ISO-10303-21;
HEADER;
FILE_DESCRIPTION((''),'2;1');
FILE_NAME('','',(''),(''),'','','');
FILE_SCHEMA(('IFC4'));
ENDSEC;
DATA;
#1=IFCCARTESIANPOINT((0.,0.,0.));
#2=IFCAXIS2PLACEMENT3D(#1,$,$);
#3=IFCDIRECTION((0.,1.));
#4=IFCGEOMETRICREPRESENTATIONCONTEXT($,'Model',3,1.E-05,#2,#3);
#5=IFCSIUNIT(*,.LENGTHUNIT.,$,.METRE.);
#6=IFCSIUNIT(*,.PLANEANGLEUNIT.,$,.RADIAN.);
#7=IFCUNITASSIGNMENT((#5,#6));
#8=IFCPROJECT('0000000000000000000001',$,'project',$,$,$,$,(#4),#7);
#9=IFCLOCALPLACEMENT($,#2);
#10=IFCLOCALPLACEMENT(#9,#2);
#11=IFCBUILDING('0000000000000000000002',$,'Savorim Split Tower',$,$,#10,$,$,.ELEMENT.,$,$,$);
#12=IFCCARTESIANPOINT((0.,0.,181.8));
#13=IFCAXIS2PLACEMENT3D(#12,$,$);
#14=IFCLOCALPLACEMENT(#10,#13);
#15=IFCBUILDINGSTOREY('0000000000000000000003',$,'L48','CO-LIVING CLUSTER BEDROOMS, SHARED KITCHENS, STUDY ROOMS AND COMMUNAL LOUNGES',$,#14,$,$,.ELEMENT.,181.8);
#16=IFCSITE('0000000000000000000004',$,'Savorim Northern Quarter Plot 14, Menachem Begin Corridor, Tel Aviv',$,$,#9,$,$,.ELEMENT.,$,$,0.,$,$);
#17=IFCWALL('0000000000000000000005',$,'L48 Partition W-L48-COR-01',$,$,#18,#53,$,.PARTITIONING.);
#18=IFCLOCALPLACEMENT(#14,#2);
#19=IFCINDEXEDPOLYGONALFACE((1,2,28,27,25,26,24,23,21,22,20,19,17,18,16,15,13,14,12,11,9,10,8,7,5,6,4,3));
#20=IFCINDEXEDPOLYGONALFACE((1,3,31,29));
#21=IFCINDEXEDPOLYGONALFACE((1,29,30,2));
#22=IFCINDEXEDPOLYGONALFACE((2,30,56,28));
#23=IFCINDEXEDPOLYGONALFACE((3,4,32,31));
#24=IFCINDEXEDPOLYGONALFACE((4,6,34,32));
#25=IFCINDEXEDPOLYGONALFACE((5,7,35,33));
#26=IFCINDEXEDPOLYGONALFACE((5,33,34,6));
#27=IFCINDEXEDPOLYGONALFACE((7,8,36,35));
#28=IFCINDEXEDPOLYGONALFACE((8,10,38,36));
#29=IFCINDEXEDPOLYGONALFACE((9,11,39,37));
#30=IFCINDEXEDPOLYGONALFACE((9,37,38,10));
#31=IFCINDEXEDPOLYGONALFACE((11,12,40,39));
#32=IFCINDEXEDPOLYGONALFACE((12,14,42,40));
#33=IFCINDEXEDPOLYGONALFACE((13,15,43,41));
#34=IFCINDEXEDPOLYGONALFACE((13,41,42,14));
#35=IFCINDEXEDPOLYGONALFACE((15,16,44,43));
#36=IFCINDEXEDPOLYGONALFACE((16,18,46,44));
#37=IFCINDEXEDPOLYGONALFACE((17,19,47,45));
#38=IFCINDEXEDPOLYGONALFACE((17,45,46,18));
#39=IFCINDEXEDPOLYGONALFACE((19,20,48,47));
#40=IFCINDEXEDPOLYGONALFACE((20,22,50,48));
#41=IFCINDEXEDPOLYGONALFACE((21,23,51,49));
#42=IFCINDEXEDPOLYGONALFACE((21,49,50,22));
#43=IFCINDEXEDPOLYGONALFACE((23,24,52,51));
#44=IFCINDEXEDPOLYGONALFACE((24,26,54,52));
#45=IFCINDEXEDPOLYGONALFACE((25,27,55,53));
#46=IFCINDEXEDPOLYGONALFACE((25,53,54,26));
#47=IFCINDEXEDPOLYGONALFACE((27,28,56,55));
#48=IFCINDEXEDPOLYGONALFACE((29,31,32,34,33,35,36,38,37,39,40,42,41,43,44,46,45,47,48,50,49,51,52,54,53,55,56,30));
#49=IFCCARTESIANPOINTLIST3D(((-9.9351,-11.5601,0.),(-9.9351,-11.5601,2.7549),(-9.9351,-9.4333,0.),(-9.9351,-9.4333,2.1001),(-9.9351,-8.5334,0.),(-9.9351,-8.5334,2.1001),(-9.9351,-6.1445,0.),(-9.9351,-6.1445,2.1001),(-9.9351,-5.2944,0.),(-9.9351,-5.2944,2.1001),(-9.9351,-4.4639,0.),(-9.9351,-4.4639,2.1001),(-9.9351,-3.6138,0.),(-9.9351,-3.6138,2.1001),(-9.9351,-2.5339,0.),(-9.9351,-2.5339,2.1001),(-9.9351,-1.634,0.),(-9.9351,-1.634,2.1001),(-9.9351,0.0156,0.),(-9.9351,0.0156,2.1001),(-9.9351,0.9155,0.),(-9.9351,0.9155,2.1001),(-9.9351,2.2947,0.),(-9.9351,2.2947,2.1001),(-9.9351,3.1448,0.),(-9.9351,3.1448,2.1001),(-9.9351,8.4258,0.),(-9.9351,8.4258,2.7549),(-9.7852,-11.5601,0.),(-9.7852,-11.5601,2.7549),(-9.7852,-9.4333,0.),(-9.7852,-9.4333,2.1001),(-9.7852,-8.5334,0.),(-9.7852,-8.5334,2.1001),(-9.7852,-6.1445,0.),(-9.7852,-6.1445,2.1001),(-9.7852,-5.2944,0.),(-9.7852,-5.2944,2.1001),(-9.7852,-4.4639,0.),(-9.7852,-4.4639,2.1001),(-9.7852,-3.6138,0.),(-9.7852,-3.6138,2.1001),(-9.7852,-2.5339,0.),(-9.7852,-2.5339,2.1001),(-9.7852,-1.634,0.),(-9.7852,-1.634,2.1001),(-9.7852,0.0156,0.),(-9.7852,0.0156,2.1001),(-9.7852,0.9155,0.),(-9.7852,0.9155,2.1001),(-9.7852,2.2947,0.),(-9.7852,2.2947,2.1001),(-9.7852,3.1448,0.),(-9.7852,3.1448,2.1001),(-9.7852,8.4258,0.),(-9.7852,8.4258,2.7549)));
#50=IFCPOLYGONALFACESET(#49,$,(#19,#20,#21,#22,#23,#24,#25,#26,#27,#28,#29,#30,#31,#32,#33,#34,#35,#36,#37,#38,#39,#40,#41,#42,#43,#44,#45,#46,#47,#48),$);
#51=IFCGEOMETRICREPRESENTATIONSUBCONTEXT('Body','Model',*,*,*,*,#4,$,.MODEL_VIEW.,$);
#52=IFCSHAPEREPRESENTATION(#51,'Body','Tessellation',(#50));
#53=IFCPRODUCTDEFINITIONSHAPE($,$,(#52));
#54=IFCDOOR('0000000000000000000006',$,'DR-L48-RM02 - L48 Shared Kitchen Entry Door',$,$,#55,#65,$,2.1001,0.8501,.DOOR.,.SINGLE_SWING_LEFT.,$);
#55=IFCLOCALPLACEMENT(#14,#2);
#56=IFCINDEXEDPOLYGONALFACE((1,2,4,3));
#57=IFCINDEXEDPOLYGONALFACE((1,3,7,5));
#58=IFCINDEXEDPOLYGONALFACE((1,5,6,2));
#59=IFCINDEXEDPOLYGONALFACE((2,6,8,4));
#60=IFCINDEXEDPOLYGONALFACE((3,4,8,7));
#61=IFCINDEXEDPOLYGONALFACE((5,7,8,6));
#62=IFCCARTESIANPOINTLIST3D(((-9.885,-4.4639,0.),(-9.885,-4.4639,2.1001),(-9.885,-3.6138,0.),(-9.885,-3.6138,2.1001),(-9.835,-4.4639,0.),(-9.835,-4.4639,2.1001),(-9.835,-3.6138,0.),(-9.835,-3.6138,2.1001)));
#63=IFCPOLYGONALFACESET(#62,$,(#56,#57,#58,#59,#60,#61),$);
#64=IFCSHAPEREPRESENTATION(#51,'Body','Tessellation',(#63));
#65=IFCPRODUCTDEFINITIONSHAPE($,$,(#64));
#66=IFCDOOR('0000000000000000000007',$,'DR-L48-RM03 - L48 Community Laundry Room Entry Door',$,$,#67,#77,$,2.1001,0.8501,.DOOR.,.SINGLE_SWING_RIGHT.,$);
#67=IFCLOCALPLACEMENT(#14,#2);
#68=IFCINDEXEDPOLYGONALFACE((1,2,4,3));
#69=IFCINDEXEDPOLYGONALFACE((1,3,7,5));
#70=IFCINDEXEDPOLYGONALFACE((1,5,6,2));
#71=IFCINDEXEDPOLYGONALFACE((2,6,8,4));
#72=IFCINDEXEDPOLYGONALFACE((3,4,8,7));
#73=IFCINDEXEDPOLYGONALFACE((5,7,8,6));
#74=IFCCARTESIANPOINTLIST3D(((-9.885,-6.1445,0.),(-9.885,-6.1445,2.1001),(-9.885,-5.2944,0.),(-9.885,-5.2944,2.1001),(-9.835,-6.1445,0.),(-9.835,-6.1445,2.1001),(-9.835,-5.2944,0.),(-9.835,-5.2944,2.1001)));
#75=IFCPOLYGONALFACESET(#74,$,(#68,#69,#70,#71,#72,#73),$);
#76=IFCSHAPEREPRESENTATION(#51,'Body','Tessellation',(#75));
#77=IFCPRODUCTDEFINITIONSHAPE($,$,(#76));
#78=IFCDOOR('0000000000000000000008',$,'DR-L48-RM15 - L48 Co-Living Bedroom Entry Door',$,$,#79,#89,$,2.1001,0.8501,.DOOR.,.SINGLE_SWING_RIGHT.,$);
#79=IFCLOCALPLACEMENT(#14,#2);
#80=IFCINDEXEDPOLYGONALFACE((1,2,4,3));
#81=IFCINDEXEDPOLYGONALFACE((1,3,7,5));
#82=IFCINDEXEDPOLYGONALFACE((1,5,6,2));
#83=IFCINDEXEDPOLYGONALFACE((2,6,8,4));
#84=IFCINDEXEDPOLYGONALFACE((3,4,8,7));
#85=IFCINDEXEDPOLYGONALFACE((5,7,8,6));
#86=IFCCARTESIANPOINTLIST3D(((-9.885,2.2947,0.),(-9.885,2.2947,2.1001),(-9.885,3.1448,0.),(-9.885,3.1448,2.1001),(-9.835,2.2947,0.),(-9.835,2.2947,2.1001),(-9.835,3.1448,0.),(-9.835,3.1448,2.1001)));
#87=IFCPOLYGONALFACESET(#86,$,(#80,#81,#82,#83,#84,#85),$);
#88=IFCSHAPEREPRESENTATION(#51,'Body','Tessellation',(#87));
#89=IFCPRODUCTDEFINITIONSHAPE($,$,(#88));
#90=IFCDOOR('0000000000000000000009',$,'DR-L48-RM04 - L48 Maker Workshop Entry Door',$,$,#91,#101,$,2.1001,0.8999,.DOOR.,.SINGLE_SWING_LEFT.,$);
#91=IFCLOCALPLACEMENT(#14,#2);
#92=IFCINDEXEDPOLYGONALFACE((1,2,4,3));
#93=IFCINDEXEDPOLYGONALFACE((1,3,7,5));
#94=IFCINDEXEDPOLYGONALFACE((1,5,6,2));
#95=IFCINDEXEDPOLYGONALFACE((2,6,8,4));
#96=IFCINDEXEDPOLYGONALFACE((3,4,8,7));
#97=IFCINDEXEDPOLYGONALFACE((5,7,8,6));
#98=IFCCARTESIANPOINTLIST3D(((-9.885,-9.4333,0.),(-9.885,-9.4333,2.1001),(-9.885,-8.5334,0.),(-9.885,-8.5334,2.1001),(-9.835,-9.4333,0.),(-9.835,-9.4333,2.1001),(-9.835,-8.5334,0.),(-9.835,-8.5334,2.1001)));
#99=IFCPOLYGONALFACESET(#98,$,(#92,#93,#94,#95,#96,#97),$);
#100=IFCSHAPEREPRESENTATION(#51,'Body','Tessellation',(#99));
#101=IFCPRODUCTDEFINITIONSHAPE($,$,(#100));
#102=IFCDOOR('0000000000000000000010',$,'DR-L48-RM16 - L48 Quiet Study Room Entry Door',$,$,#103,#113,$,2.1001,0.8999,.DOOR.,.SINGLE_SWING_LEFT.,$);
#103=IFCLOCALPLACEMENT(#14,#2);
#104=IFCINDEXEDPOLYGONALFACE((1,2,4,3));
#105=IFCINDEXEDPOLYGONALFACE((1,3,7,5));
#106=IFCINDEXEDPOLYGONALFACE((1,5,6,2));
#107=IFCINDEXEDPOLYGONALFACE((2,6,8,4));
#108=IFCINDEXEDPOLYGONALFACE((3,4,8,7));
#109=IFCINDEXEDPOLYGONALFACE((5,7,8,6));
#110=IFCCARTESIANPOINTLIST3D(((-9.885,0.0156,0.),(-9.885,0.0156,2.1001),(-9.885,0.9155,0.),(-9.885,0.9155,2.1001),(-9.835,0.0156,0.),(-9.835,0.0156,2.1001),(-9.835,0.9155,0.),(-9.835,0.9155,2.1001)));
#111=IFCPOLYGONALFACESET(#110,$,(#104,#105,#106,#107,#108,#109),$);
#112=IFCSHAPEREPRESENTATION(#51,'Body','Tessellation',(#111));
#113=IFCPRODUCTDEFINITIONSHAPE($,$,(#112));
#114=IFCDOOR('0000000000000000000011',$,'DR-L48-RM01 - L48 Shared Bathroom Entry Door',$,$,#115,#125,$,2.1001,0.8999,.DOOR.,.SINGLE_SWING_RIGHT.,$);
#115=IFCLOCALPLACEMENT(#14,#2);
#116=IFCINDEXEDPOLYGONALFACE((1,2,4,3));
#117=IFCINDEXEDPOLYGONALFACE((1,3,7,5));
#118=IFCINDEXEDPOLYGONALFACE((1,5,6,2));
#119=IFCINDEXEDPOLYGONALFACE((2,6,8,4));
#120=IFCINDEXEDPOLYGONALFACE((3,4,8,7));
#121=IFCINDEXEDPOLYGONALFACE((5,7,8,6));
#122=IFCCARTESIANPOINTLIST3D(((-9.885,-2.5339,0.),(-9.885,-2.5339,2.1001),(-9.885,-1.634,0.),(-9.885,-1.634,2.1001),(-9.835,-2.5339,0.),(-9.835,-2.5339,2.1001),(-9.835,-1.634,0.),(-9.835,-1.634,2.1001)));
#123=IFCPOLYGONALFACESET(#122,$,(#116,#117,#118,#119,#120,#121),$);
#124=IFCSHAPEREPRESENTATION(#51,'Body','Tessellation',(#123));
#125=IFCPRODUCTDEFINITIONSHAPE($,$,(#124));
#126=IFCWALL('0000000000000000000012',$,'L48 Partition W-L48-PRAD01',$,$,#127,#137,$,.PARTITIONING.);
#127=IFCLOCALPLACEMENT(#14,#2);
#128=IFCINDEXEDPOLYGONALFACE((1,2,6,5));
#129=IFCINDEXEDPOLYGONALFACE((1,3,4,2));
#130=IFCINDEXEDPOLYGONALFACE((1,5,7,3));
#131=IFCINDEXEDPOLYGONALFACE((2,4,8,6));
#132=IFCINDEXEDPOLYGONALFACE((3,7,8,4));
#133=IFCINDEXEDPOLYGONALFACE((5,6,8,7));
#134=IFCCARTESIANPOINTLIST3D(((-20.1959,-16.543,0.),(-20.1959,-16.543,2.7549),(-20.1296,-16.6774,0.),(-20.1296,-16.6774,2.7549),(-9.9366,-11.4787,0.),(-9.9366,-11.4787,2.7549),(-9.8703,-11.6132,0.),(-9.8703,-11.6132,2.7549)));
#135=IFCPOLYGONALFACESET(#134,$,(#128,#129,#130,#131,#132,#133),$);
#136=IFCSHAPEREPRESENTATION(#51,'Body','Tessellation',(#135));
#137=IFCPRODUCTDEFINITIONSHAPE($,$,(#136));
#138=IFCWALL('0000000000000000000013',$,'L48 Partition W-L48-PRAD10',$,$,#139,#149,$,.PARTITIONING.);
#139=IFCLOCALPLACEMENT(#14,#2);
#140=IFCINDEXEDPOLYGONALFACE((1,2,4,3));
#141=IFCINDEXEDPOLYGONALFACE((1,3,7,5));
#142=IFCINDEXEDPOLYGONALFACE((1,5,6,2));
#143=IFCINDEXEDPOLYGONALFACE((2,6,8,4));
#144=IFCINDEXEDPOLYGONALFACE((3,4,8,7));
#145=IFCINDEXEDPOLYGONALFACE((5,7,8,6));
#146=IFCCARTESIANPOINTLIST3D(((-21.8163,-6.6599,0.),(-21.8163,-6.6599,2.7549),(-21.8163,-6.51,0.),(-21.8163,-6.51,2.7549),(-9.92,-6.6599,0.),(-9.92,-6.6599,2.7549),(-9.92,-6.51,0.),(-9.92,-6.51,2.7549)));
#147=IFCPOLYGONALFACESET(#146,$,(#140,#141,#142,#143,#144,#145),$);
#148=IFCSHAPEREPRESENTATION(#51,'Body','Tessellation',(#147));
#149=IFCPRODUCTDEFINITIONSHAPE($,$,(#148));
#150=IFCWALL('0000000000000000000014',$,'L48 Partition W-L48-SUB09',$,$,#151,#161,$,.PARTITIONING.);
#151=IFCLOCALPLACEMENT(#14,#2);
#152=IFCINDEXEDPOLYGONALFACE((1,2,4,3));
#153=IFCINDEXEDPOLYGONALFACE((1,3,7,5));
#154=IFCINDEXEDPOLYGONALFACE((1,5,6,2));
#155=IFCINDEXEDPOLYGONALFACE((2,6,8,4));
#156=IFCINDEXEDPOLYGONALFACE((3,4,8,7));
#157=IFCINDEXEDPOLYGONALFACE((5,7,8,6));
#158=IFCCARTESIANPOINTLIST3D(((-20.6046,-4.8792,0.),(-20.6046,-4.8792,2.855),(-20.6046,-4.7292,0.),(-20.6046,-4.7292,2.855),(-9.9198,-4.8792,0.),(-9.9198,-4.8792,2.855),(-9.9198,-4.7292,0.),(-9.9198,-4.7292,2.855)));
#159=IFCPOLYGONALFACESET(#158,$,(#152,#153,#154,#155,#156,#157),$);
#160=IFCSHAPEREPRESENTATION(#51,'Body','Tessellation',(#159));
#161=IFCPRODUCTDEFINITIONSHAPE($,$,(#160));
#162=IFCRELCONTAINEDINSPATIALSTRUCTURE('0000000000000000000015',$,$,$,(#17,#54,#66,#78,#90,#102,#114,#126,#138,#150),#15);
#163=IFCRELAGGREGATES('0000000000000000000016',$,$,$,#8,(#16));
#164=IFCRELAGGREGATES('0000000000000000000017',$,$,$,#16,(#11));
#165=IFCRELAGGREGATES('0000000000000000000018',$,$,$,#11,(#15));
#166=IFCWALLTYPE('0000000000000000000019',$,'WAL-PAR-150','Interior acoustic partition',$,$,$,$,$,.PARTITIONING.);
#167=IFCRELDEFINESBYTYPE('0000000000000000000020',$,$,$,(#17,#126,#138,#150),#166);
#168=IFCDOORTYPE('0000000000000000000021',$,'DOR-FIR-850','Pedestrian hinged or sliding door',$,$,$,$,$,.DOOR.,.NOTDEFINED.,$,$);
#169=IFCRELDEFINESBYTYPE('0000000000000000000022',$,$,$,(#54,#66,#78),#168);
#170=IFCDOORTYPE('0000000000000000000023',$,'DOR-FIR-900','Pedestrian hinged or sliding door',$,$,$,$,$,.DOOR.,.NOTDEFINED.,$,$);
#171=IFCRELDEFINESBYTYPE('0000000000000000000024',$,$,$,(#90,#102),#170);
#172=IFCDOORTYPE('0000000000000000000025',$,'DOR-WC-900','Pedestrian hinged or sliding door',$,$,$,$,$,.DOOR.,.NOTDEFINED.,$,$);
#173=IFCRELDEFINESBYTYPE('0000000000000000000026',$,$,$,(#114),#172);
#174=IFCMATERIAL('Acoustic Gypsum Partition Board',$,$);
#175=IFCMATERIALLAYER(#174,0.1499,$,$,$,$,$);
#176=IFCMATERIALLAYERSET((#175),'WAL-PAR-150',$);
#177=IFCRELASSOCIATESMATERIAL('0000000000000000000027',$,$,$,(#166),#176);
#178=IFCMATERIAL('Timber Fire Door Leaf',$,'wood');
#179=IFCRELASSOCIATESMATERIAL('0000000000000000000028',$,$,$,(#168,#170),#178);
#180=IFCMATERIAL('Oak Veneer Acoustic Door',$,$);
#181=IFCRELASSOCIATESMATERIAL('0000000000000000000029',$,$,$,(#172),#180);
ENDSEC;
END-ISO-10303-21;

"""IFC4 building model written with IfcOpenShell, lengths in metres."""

from ifc_helpers import new_model, si_unit, direction, frame, frame_2d, origin, place, context, subcontext, project, spatial, rectangle, extrude, material, layer, layer_set, type_object, element, fill, save


model = new_model("IFC4")

# Units and contexts
model_context = context("Model", 3, precision=1e-05, world=origin(), true_north=direction((0.0, 1.0)))
body_context = subcontext(model_context, "Body", "Model", "MODEL_VIEW")
ifc_project = project(units=[si_unit("LENGTHUNIT", "METRE"), si_unit("PLANEANGLEUNIT", "RADIAN")], contexts=[model_context])

# Site, building, storey
site_placement = place(None, origin())
site = spatial("IfcSite", under=ifc_project, at=site_placement, Name="Savorim Northern Quarter Plot 14, Menachem Begin Corridor, Tel Aviv", CompositionType="ELEMENT", RefElevation=0.0)
building_placement = place(site_placement, origin())
building = spatial("IfcBuilding", under=site, at=building_placement, Name="Savorim Split Tower", CompositionType="ELEMENT")
storey_placement = place(building_placement, frame((0.0, 0.0, 181.8)))
storey = spatial("IfcBuildingStorey", under=building, at=storey_placement, Name="L48", Description="CO-LIVING CLUSTER BEDROOMS, SHARED KITCHENS, STUDY ROOMS AND COMMUNAL LOUNGES", CompositionType="ELEMENT", Elevation=181.8)

# Shared definitions
ifc_material_1 = material(Name="Timber Fire Door Leaf", Category="wood")

# Wall, openings, doors
ifc_material_2 = material(Name="Acoustic Gypsum Partition Board")
ifc_layer_1 = layer(ifc_material_2, 0.1499)
ifc_layer_set_1 = layer_set([ifc_layer_1], Name="WAL-PAR-150")
wall_type_1 = type_object("IfcWallType", Name="WAL-PAR-150", Description="Interior acoustic partition", PredefinedType="PARTITIONING", material=ifc_layer_set_1)
wall_1_placement = place(storey_placement, frame((-9.8601, -11.5601, 0.0), z_axis=(0.0, 0.0, 1.0), x_axis=(0.0, 1.0, 0.0)))
wall_1 = element("IfcWall", 1, at=wall_1_placement, inside=storey, type_object=wall_type_1, Name="L48 Partition W-L48-COR-01", PredefinedType="PARTITIONING", context=body_context, shape_type="SweptSolid", body=[
    extrude(rectangle(XDim=19.9858, YDim=0.1499, at=frame_2d((9.9929, 0.0))), origin(), (0.0, 0.0, 1.0), 2.7549),
])
opening_1_placement = place(wall_1_placement, frame((9.0261, 0.0, 0.0)))
opening_1 = element("IfcOpeningElement", 2, at=opening_1_placement, cuts=wall_1, PredefinedType="OPENING", context=body_context, shape_type="SweptSolid", body=[
    extrude(rectangle(XDim=0.8999, YDim=2.1001, at=frame_2d((0.45, 1.05))), frame((0.0, 0.085, 0.0), z_axis=(0.0, -1.0, 0.0), x_axis=(1.0, 0.0, 0.0)), (0.0, 0.0, 1.0), 0.1699),
])
opening_2_placement = place(wall_1_placement, frame((7.0962, 0.0, 0.0)))
opening_2 = element("IfcOpeningElement", 3, at=opening_2_placement, cuts=wall_1, PredefinedType="OPENING", context=body_context, shape_type="SweptSolid", body=[
    extrude(rectangle(XDim=0.8501, YDim=2.1001, at=frame_2d((0.425, 1.05))), frame((0.0, 0.085, 0.0), z_axis=(0.0, -1.0, 0.0), x_axis=(1.0, 0.0, 0.0)), (0.0, 0.0, 1.0), 0.1699),
])
opening_3_placement = place(wall_1_placement, frame((5.4155, 0.0, 0.0)))
opening_3 = element("IfcOpeningElement", 4, at=opening_3_placement, cuts=wall_1, PredefinedType="OPENING", context=body_context, shape_type="SweptSolid", body=[
    extrude(rectangle(XDim=0.8501, YDim=2.1001, at=frame_2d((0.425, 1.05))), frame((0.0, 0.085, 0.0), z_axis=(0.0, -1.0, 0.0), x_axis=(1.0, 0.0, 0.0)), (0.0, 0.0, 1.0), 0.1699),
])
opening_4_placement = place(wall_1_placement, frame((2.1267, 0.0, 0.0)))
opening_4 = element("IfcOpeningElement", 5, at=opening_4_placement, cuts=wall_1, PredefinedType="OPENING", context=body_context, shape_type="SweptSolid", body=[
    extrude(rectangle(XDim=0.8999, YDim=2.1001, at=frame_2d((0.45, 1.05))), frame((0.0, 0.085, 0.0), z_axis=(0.0, -1.0, 0.0), x_axis=(1.0, 0.0, 0.0)), (0.0, 0.0, 1.0), 0.1699),
])
opening_5_placement = place(wall_1_placement, frame((13.8547, 0.0, 0.0)))
opening_5 = element("IfcOpeningElement", 6, at=opening_5_placement, cuts=wall_1, PredefinedType="OPENING", context=body_context, shape_type="SweptSolid", body=[
    extrude(rectangle(XDim=0.8501, YDim=2.1001, at=frame_2d((0.425, 1.05))), frame((0.0, 0.085, 0.0), z_axis=(0.0, -1.0, 0.0), x_axis=(1.0, 0.0, 0.0)), (0.0, 0.0, 1.0), 0.1699),
])
opening_6_placement = place(wall_1_placement, frame((11.5757, 0.0, 0.0)))
opening_6 = element("IfcOpeningElement", 7, at=opening_6_placement, cuts=wall_1, PredefinedType="OPENING", context=body_context, shape_type="SweptSolid", body=[
    extrude(rectangle(XDim=0.8999, YDim=2.1001, at=frame_2d((0.45, 1.05))), frame((0.0, 0.085, 0.0), z_axis=(0.0, -1.0, 0.0), x_axis=(1.0, 0.0, 0.0)), (0.0, 0.0, 1.0), 0.1699),
])
door_type_1 = type_object("IfcDoorType", Name="DOR-FIR-850", Description="Pedestrian hinged or sliding door", OperationType="NOTDEFINED", PredefinedType="DOOR", material=ifc_material_1)
door_1_placement = place(opening_2_placement, origin())
door_1 = element("IfcDoor", 8, at=door_1_placement, inside=storey, type_object=door_type_1, Name="DR-L48-RM02 - L48 Shared Kitchen Entry Door", OperationType="SINGLE_SWING_LEFT", OverallHeight=2.1001, OverallWidth=0.8501, PredefinedType="DOOR", context=body_context, shape_type="SweptSolid", body=[
    extrude(rectangle(XDim=0.8501, YDim=2.1001, at=frame_2d((0.425, 1.05))), frame((0.0, 0.0249, 0.0), z_axis=(0.0, -1.0, 0.0), x_axis=(1.0, 0.0, 0.0)), (0.0, 0.0, 1.0), 0.05),
])
fill(opening_2, door_1)
door_2_placement = place(opening_3_placement, origin())
door_2 = element("IfcDoor", 9, at=door_2_placement, inside=storey, type_object=door_type_1, Name="DR-L48-RM03 - L48 Community Laundry Room Entry Door", OperationType="SINGLE_SWING_RIGHT", OverallHeight=2.1001, OverallWidth=0.8501, PredefinedType="DOOR", context=body_context, shape_type="SweptSolid", body=[
    extrude(rectangle(XDim=0.8501, YDim=2.1001, at=frame_2d((0.425, 1.05))), frame((0.0, 0.0249, 0.0), z_axis=(0.0, -1.0, 0.0), x_axis=(1.0, 0.0, 0.0)), (0.0, 0.0, 1.0), 0.05),
])
fill(opening_3, door_2)
door_3_placement = place(opening_5_placement, origin())
door_3 = element("IfcDoor", 10, at=door_3_placement, inside=storey, type_object=door_type_1, Name="DR-L48-RM15 - L48 Co-Living Bedroom Entry Door", OperationType="SINGLE_SWING_RIGHT", OverallHeight=2.1001, OverallWidth=0.8501, PredefinedType="DOOR", context=body_context, shape_type="SweptSolid", body=[
    extrude(rectangle(XDim=0.8501, YDim=2.1001, at=frame_2d((0.425, 1.05))), frame((0.0, 0.0249, 0.0), z_axis=(0.0, -1.0, 0.0), x_axis=(1.0, 0.0, 0.0)), (0.0, 0.0, 1.0), 0.05),
])
fill(opening_5, door_3)
door_type_2 = type_object("IfcDoorType", Name="DOR-FIR-900", Description="Pedestrian hinged or sliding door", OperationType="NOTDEFINED", PredefinedType="DOOR", material=ifc_material_1)
door_4_placement = place(opening_4_placement, origin())
door_4 = element("IfcDoor", 11, at=door_4_placement, inside=storey, type_object=door_type_2, Name="DR-L48-RM04 - L48 Maker Workshop Entry Door", OperationType="SINGLE_SWING_LEFT", OverallHeight=2.1001, OverallWidth=0.8999, PredefinedType="DOOR", context=body_context, shape_type="SweptSolid", body=[
    extrude(rectangle(XDim=0.8999, YDim=2.1001, at=frame_2d((0.45, 1.05))), frame((0.0, 0.0249, 0.0), z_axis=(0.0, -1.0, 0.0), x_axis=(1.0, 0.0, 0.0)), (0.0, 0.0, 1.0), 0.05),
])
fill(opening_4, door_4)
door_5_placement = place(opening_6_placement, origin())
door_5 = element("IfcDoor", 12, at=door_5_placement, inside=storey, type_object=door_type_2, Name="DR-L48-RM16 - L48 Quiet Study Room Entry Door", OperationType="SINGLE_SWING_LEFT", OverallHeight=2.1001, OverallWidth=0.8999, PredefinedType="DOOR", context=body_context, shape_type="SweptSolid", body=[
    extrude(rectangle(XDim=0.8999, YDim=2.1001, at=frame_2d((0.45, 1.05))), frame((0.0, 0.0249, 0.0), z_axis=(0.0, -1.0, 0.0), x_axis=(1.0, 0.0, 0.0)), (0.0, 0.0, 1.0), 0.05),
])
fill(opening_6, door_5)
ifc_material_3 = material(Name="Oak Veneer Acoustic Door")
door_type_3 = type_object("IfcDoorType", Name="DOR-WC-900", Description="Pedestrian hinged or sliding door", OperationType="NOTDEFINED", PredefinedType="DOOR", material=ifc_material_3)
door_6_placement = place(opening_1_placement, origin())
door_6 = element("IfcDoor", 13, at=door_6_placement, inside=storey, type_object=door_type_3, Name="DR-L48-RM01 - L48 Shared Bathroom Entry Door", OperationType="SINGLE_SWING_RIGHT", OverallHeight=2.1001, OverallWidth=0.8999, PredefinedType="DOOR", context=body_context, shape_type="SweptSolid", body=[
    extrude(rectangle(XDim=0.8999, YDim=2.1001, at=frame_2d((0.45, 1.05))), frame((0.0, 0.0249, 0.0), z_axis=(0.0, -1.0, 0.0), x_axis=(1.0, 0.0, 0.0)), (0.0, 0.0, 1.0), 0.05),
])
fill(opening_1, door_6)

# Walls
wall_2_placement = place(storey_placement, frame((-9.9033, -11.5459, 0.0), z_axis=(0.0, 0.0, 1.0), x_axis=(-0.896703, -0.442633, 0.0)))
element("IfcWall", 14, at=wall_2_placement, inside=storey, type_object=wall_type_1, Name="L48 Partition W-L48-PRAD01", PredefinedType="PARTITIONING", context=body_context, shape_type="SweptSolid", body=[
    extrude(rectangle(XDim=11.4412, YDim=0.1499, at=frame_2d((5.7207, 0.0))), origin(), (0.0, 0.0, 1.0), 2.7549),
])
wall_3_placement = place(storey_placement, frame((-9.9199, -6.585, 0.0), z_axis=(0.0, 0.0, 1.0), x_axis=(-1.0, 0.0, 0.0)))
element("IfcWall", 15, at=wall_3_placement, inside=storey, type_object=wall_type_1, Name="L48 Partition W-L48-PRAD10", PredefinedType="PARTITIONING", context=body_context, shape_type="SweptSolid", body=[
    extrude(rectangle(XDim=11.8962, YDim=0.1499, at=frame_2d((5.9482, 0.0))), origin(), (0.0, 0.0, 1.0), 2.7549),
])
wall_4_placement = place(storey_placement, frame((-9.9199, -4.8042, 0.0), z_axis=(0.0, 0.0, 1.0), x_axis=(-1.0, 0.0, 0.0)))
element("IfcWall", 16, at=wall_4_placement, inside=storey, type_object=wall_type_1, Name="L48 Partition W-L48-SUB09", PredefinedType="PARTITIONING", context=body_context, shape_type="SweptSolid", body=[
    extrude(rectangle(XDim=10.6848, YDim=0.1499, at=frame_2d((5.3423, 0.0))), origin(), (0.0, 0.0, 1.0), 2.855),
])

save(model, "model.ifc")
